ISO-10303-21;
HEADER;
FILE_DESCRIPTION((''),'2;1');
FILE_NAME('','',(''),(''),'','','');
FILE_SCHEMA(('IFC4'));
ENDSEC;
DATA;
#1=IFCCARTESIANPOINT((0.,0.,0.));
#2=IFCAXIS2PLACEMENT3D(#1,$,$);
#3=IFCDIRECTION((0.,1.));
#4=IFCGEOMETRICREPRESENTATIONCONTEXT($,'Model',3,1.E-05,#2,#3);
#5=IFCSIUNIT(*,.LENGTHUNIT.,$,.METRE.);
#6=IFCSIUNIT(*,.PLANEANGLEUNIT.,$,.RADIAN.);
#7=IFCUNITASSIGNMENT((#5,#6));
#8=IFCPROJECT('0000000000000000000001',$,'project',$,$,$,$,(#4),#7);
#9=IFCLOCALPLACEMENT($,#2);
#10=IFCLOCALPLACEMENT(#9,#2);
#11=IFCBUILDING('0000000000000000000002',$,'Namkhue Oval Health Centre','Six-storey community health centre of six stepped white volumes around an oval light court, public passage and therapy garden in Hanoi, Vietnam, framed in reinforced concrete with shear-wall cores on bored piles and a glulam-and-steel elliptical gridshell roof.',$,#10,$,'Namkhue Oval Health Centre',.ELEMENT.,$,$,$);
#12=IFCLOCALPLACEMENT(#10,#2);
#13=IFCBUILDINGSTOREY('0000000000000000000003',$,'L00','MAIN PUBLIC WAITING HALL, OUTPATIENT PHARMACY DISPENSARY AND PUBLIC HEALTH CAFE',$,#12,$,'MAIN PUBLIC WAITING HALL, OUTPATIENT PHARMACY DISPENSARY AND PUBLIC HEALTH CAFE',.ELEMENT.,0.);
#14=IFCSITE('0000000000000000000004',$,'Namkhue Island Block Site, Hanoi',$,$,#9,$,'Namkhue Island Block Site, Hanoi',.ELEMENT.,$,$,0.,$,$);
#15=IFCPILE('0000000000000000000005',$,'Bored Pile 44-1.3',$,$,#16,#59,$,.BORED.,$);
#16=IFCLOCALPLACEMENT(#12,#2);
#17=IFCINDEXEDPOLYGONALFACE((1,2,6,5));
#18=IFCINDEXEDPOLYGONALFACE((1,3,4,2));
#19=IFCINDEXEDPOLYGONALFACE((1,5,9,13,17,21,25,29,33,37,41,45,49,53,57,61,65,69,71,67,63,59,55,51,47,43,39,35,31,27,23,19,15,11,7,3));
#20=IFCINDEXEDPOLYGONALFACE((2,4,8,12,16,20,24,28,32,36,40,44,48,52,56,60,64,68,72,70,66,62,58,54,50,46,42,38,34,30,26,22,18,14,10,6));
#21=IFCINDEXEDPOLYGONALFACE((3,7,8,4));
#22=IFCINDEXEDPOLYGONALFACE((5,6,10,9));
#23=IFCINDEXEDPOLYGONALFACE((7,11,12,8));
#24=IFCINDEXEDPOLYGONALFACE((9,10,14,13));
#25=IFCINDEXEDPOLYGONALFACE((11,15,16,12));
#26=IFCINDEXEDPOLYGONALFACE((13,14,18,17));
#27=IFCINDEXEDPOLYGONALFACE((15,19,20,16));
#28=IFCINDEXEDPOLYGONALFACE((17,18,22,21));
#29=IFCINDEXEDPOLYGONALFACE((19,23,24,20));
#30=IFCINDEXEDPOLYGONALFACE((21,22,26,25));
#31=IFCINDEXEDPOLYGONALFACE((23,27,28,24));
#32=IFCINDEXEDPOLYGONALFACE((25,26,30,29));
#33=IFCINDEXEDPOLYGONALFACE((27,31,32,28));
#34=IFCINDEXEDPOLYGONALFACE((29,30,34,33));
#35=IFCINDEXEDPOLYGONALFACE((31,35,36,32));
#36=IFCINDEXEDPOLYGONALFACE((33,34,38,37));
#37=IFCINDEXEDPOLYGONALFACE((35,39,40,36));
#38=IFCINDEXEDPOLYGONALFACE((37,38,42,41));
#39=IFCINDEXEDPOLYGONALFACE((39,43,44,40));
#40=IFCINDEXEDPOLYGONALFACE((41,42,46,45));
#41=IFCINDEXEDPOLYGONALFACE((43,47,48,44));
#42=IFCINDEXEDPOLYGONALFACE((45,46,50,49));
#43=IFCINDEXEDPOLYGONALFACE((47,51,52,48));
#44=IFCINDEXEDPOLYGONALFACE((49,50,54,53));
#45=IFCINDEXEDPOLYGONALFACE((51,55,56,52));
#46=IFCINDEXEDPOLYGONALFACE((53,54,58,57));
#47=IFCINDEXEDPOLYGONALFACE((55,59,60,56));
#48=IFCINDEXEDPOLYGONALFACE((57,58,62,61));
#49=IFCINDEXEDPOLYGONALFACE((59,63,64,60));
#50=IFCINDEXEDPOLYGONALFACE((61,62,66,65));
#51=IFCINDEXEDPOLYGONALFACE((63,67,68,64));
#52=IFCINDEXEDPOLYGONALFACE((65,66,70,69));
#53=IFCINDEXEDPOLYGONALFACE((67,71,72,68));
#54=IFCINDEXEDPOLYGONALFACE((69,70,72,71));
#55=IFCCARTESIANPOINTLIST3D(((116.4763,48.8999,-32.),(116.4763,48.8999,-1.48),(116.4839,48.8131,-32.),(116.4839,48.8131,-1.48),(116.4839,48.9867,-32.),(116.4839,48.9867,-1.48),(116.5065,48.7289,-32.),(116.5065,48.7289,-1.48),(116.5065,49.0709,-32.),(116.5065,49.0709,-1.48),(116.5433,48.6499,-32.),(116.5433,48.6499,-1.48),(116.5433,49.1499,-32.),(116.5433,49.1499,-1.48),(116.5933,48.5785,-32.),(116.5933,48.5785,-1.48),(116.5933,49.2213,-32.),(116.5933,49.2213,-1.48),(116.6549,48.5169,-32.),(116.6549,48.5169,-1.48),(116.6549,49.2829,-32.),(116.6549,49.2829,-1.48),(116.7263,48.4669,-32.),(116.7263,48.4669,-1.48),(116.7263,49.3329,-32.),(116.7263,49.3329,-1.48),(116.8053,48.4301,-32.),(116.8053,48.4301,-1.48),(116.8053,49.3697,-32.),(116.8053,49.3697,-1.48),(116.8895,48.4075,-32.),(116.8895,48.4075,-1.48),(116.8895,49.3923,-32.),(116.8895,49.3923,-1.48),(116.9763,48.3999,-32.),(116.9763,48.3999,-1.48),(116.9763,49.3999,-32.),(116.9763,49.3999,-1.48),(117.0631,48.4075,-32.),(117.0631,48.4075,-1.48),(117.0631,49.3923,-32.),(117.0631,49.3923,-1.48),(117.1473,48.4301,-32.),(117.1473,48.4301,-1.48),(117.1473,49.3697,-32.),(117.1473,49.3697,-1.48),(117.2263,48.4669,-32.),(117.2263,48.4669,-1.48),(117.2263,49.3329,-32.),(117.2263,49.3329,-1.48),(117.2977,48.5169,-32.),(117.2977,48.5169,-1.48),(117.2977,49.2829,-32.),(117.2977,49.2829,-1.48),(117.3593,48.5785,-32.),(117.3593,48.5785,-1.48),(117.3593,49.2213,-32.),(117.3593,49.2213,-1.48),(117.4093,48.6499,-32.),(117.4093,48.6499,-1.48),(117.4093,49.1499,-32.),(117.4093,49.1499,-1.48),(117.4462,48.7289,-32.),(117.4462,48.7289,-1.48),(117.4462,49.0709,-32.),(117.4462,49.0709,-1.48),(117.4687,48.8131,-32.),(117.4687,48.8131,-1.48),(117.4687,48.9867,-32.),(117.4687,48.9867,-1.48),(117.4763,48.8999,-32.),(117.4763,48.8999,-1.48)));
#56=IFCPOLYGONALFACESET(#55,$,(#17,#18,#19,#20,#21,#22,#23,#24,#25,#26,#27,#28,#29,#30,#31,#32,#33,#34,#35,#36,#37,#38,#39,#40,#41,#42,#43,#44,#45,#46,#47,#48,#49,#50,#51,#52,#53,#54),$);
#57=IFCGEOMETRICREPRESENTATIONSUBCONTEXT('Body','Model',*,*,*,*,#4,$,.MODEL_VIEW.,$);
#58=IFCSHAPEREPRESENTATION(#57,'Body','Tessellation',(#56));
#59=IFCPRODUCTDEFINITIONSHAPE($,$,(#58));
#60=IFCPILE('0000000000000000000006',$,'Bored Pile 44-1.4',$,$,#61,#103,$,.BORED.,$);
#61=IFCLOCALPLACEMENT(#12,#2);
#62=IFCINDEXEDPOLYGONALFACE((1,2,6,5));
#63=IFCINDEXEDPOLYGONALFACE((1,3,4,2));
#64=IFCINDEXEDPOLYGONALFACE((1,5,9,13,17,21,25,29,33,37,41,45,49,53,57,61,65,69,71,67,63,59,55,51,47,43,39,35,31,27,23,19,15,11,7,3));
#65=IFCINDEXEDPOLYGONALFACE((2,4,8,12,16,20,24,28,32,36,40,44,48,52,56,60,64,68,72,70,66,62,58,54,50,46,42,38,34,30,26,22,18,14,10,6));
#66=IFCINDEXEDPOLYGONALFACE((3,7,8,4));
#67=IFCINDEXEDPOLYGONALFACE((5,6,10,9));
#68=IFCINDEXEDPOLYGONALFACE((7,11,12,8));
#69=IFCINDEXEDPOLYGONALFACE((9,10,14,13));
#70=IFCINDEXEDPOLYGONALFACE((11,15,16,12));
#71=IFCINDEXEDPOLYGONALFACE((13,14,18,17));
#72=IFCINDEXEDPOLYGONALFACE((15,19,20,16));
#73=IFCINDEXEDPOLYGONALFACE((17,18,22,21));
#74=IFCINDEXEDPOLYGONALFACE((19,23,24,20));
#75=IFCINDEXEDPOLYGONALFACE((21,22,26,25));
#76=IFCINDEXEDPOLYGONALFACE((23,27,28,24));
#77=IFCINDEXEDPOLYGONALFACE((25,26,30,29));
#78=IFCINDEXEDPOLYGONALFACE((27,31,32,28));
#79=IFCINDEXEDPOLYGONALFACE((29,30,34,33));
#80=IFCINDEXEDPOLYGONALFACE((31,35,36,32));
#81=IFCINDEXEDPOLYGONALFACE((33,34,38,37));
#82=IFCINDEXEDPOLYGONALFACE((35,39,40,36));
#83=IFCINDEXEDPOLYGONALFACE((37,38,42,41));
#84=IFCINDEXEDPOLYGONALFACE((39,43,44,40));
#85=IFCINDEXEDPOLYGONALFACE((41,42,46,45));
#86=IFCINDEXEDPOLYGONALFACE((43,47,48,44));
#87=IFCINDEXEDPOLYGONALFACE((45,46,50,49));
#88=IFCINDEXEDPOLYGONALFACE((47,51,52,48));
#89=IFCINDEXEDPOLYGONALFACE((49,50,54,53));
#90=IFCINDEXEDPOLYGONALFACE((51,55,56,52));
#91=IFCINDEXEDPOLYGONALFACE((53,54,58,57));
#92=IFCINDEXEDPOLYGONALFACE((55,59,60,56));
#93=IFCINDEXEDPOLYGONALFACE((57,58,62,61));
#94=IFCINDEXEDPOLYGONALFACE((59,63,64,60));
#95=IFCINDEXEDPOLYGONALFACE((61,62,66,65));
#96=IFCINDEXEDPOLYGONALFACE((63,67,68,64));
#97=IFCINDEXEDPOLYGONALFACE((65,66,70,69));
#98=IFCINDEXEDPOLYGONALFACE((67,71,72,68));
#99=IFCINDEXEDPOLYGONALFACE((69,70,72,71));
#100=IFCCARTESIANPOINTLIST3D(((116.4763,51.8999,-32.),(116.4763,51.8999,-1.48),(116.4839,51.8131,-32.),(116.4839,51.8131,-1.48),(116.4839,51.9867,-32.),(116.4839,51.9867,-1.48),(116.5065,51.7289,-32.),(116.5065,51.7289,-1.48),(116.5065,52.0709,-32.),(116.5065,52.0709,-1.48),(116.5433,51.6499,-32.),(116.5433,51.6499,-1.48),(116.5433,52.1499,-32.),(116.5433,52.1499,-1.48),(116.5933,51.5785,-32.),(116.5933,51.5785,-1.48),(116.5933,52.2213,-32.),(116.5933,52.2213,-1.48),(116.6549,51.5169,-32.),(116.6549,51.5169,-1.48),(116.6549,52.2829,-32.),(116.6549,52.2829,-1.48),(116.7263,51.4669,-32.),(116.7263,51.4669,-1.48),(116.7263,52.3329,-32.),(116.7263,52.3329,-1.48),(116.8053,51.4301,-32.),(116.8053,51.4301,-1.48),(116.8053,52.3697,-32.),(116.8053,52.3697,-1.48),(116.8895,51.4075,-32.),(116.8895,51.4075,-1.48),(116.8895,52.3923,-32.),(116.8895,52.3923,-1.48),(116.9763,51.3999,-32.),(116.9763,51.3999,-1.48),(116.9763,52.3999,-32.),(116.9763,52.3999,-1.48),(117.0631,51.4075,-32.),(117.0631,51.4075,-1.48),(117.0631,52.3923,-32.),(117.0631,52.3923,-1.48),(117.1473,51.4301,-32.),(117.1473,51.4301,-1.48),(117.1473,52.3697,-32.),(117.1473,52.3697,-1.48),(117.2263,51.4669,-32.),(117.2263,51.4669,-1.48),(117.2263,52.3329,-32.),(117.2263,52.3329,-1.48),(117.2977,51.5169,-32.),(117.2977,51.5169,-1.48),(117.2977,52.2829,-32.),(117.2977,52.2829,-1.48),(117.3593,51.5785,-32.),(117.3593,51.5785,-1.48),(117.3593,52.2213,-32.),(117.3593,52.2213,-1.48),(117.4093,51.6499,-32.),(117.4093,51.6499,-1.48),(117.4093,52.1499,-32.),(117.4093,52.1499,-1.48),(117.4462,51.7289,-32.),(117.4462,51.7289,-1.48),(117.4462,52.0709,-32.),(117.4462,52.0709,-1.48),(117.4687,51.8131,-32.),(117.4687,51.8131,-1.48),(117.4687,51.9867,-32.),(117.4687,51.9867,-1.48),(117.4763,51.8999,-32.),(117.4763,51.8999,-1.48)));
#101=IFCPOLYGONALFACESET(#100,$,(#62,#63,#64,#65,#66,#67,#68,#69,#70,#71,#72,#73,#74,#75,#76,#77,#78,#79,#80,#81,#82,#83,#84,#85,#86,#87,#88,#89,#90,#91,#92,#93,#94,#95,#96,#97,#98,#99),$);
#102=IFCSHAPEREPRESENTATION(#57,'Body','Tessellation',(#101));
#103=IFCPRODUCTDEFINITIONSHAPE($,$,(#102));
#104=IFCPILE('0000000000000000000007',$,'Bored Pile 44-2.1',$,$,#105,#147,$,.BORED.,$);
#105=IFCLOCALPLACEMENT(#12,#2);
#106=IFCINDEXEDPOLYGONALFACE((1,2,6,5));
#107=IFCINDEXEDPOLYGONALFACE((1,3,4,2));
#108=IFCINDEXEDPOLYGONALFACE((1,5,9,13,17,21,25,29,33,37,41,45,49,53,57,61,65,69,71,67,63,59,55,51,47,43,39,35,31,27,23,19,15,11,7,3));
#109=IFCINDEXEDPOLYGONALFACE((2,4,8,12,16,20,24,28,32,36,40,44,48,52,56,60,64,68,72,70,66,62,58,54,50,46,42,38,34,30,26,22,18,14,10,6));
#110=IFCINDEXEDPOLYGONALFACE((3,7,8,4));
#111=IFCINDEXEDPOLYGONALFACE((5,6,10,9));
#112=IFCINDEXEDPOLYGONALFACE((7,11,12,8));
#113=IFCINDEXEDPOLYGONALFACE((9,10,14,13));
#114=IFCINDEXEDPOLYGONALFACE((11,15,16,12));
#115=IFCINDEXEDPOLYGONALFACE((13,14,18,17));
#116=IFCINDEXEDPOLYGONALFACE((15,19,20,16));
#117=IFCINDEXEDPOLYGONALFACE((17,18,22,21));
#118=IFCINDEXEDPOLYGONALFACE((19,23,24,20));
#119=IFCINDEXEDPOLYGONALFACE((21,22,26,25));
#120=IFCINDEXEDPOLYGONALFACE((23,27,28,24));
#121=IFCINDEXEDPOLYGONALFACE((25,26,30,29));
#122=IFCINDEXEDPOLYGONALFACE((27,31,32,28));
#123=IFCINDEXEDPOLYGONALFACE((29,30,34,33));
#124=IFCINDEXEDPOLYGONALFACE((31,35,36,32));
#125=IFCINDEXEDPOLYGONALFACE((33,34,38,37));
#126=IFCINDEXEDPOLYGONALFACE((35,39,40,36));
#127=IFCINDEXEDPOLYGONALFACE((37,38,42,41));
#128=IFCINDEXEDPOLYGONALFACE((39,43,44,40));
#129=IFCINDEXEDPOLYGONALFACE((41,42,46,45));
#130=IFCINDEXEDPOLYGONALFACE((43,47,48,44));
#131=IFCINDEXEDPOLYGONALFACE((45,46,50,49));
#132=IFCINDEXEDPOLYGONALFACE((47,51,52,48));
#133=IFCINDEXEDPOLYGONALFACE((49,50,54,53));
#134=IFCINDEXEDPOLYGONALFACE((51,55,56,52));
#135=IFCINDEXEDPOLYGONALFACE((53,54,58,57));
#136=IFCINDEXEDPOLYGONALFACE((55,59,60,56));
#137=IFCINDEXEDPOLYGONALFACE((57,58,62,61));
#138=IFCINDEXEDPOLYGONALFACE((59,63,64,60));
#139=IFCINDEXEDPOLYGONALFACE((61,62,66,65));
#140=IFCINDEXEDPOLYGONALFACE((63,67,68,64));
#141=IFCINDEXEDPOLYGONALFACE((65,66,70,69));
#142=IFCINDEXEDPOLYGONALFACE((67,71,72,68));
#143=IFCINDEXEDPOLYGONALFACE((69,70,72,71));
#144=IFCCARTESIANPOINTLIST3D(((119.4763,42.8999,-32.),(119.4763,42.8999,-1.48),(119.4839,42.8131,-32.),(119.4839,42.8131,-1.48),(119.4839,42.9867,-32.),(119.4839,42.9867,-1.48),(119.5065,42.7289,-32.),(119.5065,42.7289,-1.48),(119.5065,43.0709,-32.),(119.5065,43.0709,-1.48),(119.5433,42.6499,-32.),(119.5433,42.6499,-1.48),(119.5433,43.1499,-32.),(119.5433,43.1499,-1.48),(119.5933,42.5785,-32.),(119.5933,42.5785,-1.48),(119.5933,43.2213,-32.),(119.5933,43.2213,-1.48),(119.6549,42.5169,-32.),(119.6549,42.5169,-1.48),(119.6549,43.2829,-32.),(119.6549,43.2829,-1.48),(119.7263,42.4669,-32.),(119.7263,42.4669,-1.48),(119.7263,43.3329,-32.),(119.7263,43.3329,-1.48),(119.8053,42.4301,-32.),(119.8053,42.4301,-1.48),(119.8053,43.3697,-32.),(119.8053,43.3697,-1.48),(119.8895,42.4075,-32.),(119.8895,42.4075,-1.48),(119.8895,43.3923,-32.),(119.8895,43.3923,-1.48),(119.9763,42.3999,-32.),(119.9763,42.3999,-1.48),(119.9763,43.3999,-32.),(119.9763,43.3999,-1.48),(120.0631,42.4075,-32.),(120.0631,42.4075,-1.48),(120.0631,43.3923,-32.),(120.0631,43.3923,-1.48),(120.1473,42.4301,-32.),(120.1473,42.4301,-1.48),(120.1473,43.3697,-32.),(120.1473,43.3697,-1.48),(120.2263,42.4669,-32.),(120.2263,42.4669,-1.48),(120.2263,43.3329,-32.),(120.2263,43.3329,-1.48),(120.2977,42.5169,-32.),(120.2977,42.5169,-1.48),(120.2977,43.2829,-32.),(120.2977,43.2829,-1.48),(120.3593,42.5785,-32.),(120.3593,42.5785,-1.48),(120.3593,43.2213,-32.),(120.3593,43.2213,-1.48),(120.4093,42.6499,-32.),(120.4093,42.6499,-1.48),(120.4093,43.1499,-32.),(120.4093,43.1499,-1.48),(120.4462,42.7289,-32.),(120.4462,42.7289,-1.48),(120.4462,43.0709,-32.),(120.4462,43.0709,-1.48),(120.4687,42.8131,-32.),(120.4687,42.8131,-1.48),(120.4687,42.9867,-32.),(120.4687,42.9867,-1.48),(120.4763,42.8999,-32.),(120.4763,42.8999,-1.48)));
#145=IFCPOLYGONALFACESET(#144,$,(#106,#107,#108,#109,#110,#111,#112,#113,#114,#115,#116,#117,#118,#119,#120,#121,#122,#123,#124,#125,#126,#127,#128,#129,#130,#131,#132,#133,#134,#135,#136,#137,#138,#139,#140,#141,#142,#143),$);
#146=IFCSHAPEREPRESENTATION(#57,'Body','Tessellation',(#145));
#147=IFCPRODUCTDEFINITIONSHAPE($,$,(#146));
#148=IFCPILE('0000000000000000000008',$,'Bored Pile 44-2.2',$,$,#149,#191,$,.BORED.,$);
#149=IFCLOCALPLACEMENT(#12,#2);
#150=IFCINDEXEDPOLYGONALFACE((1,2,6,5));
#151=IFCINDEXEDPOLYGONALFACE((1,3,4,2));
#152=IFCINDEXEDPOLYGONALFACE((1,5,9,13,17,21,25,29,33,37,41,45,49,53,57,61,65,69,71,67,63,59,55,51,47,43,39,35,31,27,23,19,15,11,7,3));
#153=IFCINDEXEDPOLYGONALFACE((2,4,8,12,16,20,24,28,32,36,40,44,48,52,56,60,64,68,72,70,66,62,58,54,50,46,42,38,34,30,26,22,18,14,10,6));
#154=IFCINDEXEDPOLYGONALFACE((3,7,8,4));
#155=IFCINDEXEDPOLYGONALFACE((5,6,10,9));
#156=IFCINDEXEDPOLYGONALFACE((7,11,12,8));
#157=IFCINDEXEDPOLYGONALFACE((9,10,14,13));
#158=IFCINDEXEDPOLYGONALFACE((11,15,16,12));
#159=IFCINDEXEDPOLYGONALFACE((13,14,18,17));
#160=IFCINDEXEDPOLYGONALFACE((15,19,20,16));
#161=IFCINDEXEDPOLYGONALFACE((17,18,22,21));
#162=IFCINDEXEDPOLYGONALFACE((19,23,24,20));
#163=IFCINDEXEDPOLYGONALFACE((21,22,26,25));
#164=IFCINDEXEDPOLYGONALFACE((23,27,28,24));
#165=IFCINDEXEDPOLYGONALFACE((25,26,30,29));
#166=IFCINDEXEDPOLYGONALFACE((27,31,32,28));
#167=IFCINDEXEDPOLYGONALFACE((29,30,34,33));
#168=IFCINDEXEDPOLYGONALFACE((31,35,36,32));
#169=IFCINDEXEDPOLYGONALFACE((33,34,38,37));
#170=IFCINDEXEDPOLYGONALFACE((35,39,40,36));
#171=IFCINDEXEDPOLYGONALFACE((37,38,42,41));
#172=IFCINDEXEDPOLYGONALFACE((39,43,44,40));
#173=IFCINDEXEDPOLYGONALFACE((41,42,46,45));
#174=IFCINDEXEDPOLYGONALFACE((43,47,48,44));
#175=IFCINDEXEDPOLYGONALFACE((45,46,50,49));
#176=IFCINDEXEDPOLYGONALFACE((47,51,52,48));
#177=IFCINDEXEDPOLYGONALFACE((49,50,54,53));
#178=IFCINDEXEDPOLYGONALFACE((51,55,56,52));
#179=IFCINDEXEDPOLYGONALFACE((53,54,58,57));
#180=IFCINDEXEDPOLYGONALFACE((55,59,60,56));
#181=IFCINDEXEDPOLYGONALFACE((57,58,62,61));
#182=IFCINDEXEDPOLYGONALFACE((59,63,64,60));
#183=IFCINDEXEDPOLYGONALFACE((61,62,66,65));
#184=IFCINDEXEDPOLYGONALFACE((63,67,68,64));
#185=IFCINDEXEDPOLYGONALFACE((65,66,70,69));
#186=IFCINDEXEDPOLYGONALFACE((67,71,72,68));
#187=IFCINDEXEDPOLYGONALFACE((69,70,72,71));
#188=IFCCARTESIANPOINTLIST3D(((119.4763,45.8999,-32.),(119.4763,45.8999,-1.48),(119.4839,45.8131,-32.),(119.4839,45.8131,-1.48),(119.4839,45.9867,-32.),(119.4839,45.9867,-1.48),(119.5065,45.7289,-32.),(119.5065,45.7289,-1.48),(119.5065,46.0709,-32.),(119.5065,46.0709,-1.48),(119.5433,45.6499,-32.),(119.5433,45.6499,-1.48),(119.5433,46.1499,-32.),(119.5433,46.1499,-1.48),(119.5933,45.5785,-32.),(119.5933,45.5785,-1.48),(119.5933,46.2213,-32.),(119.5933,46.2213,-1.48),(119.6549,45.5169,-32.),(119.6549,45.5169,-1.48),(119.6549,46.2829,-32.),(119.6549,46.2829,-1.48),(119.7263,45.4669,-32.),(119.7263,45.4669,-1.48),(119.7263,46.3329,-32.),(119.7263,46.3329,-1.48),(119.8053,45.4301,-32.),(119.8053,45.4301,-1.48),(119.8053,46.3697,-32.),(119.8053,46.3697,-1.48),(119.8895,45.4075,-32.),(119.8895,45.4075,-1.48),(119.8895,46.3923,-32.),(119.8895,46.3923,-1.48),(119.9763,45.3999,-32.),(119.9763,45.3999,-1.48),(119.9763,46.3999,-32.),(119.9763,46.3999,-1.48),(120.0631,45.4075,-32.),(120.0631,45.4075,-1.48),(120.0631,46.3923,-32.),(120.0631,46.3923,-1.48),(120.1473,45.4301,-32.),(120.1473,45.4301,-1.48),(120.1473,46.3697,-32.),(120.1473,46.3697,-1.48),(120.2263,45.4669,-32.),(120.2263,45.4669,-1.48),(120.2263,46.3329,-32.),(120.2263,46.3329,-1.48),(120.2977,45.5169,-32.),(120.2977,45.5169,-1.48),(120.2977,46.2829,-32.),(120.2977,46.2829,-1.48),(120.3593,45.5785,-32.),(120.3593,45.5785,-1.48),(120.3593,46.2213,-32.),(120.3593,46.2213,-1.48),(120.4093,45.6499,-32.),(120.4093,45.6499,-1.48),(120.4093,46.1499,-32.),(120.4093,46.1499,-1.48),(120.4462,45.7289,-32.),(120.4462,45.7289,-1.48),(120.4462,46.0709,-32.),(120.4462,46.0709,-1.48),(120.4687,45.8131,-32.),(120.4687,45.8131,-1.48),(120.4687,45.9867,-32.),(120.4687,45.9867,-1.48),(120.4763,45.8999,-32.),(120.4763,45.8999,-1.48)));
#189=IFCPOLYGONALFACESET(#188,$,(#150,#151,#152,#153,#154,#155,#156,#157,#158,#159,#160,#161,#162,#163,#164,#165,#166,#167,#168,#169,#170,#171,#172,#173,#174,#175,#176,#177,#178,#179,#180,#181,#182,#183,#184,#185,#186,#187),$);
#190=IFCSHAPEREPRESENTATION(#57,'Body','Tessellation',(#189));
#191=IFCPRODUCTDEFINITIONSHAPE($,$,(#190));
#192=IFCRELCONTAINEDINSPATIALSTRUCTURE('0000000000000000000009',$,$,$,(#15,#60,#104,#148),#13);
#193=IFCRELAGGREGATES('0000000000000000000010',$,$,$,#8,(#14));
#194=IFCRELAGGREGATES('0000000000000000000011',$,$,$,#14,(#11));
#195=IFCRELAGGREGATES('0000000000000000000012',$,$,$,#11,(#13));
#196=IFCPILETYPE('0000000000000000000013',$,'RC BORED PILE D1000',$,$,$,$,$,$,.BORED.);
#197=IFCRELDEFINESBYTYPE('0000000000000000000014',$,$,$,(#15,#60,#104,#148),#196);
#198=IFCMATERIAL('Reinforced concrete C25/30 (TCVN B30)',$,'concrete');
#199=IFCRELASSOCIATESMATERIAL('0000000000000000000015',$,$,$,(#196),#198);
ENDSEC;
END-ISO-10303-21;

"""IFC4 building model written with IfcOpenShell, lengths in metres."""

from ifc_helpers import new_model, si_unit, direction, frame, origin, origin_2d, place, context, subcontext, project, spatial, circle, extrude, material, material_profile, profile_set, type_object, element, save


model = new_model("IFC4")

# Units and contexts
model_context = context("Model", 3, precision=1e-05, world=origin(), true_north=direction((0.0, 1.0)))
body_context = subcontext(model_context, "Body", "Model", "MODEL_VIEW")
ifc_project = project(units=[si_unit("LENGTHUNIT", "METRE"), si_unit("PLANEANGLEUNIT", "RADIAN")], contexts=[model_context])

# Site, building, storey
site_placement = place(None, origin())
site = spatial("IfcSite", under=ifc_project, at=site_placement, Name="Namkhue Island Block Site, Hanoi", LongName="Namkhue Island Block Site, Hanoi", CompositionType="ELEMENT", RefElevation=0.0)
building_placement = place(site_placement, origin())
building = spatial("IfcBuilding", under=site, at=building_placement, Name="Namkhue Oval Health Centre", Description="Six-storey community health centre of six stepped white volumes around an oval light court, public passage and therapy garden in Hanoi, Vietnam, framed in reinforced concrete with shear-wall cores on bored piles and a glulam-and-steel elliptical gridshell roof.", LongName="Namkhue Oval Health Centre", CompositionType="ELEMENT")
storey_placement = place(building_placement, origin())
storey = spatial("IfcBuildingStorey", under=building, at=storey_placement, Name="L00", Description="MAIN PUBLIC WAITING HALL, OUTPATIENT PHARMACY DISPENSARY AND PUBLIC HEALTH CAFE", LongName="MAIN PUBLIC WAITING HALL, OUTPATIENT PHARMACY DISPENSARY AND PUBLIC HEALTH CAFE", CompositionType="ELEMENT", Elevation=0.0)

# Piles
ifc_material_1 = material(Name="Reinforced concrete C25/30 (TCVN B30)", Category="concrete")
ifc_material_profile_1 = material_profile(ifc_material_1, circle(Radius=0.5, at=origin_2d()), Name="BORED PILE D1000")
ifc_profile_set_1 = profile_set([ifc_material_profile_1], Name="Reinforced concrete C25/30 (TCVN B30)")
pile_type_1 = type_object("IfcPileType", Name="RC BORED PILE D1000", PredefinedType="BORED", material=ifc_profile_set_1)
for number, where, z_axis, x_axis, name in (
    (1, (116.9763, 48.8999, -1.48), (0.0, 0.0, -1.0), (1.0, 0.0, 0.0), "Bored Pile 44-1.3"),
    (2, (116.9763, 51.8999, -1.48), (0.0, 0.0, -1.0), (1.0, 0.0, 0.0), "Bored Pile 44-1.4"),
    (3, (119.9763, 42.8999, -1.48), (0.0, 0.0, -1.0), (1.0, 0.0, 0.0), "Bored Pile 44-2.1"),
    (4, (119.9763, 45.8999, -1.48), (0.0, 0.0, -1.0), (1.0, 0.0, 0.0), "Bored Pile 44-2.2"),
):
    element("IfcPile", number, at=place(storey_placement, frame(where, z_axis=z_axis, x_axis=x_axis)), inside=storey, type_object=pile_type_1, Name=name, PredefinedType="BORED", context=body_context, shape_type="SweptSolid", body=[
        extrude(circle(Radius=0.5, at=origin_2d()), origin(), (0.0, 0.0, 1.0), 30.52),
    ])

save(model, "model.ifc")
